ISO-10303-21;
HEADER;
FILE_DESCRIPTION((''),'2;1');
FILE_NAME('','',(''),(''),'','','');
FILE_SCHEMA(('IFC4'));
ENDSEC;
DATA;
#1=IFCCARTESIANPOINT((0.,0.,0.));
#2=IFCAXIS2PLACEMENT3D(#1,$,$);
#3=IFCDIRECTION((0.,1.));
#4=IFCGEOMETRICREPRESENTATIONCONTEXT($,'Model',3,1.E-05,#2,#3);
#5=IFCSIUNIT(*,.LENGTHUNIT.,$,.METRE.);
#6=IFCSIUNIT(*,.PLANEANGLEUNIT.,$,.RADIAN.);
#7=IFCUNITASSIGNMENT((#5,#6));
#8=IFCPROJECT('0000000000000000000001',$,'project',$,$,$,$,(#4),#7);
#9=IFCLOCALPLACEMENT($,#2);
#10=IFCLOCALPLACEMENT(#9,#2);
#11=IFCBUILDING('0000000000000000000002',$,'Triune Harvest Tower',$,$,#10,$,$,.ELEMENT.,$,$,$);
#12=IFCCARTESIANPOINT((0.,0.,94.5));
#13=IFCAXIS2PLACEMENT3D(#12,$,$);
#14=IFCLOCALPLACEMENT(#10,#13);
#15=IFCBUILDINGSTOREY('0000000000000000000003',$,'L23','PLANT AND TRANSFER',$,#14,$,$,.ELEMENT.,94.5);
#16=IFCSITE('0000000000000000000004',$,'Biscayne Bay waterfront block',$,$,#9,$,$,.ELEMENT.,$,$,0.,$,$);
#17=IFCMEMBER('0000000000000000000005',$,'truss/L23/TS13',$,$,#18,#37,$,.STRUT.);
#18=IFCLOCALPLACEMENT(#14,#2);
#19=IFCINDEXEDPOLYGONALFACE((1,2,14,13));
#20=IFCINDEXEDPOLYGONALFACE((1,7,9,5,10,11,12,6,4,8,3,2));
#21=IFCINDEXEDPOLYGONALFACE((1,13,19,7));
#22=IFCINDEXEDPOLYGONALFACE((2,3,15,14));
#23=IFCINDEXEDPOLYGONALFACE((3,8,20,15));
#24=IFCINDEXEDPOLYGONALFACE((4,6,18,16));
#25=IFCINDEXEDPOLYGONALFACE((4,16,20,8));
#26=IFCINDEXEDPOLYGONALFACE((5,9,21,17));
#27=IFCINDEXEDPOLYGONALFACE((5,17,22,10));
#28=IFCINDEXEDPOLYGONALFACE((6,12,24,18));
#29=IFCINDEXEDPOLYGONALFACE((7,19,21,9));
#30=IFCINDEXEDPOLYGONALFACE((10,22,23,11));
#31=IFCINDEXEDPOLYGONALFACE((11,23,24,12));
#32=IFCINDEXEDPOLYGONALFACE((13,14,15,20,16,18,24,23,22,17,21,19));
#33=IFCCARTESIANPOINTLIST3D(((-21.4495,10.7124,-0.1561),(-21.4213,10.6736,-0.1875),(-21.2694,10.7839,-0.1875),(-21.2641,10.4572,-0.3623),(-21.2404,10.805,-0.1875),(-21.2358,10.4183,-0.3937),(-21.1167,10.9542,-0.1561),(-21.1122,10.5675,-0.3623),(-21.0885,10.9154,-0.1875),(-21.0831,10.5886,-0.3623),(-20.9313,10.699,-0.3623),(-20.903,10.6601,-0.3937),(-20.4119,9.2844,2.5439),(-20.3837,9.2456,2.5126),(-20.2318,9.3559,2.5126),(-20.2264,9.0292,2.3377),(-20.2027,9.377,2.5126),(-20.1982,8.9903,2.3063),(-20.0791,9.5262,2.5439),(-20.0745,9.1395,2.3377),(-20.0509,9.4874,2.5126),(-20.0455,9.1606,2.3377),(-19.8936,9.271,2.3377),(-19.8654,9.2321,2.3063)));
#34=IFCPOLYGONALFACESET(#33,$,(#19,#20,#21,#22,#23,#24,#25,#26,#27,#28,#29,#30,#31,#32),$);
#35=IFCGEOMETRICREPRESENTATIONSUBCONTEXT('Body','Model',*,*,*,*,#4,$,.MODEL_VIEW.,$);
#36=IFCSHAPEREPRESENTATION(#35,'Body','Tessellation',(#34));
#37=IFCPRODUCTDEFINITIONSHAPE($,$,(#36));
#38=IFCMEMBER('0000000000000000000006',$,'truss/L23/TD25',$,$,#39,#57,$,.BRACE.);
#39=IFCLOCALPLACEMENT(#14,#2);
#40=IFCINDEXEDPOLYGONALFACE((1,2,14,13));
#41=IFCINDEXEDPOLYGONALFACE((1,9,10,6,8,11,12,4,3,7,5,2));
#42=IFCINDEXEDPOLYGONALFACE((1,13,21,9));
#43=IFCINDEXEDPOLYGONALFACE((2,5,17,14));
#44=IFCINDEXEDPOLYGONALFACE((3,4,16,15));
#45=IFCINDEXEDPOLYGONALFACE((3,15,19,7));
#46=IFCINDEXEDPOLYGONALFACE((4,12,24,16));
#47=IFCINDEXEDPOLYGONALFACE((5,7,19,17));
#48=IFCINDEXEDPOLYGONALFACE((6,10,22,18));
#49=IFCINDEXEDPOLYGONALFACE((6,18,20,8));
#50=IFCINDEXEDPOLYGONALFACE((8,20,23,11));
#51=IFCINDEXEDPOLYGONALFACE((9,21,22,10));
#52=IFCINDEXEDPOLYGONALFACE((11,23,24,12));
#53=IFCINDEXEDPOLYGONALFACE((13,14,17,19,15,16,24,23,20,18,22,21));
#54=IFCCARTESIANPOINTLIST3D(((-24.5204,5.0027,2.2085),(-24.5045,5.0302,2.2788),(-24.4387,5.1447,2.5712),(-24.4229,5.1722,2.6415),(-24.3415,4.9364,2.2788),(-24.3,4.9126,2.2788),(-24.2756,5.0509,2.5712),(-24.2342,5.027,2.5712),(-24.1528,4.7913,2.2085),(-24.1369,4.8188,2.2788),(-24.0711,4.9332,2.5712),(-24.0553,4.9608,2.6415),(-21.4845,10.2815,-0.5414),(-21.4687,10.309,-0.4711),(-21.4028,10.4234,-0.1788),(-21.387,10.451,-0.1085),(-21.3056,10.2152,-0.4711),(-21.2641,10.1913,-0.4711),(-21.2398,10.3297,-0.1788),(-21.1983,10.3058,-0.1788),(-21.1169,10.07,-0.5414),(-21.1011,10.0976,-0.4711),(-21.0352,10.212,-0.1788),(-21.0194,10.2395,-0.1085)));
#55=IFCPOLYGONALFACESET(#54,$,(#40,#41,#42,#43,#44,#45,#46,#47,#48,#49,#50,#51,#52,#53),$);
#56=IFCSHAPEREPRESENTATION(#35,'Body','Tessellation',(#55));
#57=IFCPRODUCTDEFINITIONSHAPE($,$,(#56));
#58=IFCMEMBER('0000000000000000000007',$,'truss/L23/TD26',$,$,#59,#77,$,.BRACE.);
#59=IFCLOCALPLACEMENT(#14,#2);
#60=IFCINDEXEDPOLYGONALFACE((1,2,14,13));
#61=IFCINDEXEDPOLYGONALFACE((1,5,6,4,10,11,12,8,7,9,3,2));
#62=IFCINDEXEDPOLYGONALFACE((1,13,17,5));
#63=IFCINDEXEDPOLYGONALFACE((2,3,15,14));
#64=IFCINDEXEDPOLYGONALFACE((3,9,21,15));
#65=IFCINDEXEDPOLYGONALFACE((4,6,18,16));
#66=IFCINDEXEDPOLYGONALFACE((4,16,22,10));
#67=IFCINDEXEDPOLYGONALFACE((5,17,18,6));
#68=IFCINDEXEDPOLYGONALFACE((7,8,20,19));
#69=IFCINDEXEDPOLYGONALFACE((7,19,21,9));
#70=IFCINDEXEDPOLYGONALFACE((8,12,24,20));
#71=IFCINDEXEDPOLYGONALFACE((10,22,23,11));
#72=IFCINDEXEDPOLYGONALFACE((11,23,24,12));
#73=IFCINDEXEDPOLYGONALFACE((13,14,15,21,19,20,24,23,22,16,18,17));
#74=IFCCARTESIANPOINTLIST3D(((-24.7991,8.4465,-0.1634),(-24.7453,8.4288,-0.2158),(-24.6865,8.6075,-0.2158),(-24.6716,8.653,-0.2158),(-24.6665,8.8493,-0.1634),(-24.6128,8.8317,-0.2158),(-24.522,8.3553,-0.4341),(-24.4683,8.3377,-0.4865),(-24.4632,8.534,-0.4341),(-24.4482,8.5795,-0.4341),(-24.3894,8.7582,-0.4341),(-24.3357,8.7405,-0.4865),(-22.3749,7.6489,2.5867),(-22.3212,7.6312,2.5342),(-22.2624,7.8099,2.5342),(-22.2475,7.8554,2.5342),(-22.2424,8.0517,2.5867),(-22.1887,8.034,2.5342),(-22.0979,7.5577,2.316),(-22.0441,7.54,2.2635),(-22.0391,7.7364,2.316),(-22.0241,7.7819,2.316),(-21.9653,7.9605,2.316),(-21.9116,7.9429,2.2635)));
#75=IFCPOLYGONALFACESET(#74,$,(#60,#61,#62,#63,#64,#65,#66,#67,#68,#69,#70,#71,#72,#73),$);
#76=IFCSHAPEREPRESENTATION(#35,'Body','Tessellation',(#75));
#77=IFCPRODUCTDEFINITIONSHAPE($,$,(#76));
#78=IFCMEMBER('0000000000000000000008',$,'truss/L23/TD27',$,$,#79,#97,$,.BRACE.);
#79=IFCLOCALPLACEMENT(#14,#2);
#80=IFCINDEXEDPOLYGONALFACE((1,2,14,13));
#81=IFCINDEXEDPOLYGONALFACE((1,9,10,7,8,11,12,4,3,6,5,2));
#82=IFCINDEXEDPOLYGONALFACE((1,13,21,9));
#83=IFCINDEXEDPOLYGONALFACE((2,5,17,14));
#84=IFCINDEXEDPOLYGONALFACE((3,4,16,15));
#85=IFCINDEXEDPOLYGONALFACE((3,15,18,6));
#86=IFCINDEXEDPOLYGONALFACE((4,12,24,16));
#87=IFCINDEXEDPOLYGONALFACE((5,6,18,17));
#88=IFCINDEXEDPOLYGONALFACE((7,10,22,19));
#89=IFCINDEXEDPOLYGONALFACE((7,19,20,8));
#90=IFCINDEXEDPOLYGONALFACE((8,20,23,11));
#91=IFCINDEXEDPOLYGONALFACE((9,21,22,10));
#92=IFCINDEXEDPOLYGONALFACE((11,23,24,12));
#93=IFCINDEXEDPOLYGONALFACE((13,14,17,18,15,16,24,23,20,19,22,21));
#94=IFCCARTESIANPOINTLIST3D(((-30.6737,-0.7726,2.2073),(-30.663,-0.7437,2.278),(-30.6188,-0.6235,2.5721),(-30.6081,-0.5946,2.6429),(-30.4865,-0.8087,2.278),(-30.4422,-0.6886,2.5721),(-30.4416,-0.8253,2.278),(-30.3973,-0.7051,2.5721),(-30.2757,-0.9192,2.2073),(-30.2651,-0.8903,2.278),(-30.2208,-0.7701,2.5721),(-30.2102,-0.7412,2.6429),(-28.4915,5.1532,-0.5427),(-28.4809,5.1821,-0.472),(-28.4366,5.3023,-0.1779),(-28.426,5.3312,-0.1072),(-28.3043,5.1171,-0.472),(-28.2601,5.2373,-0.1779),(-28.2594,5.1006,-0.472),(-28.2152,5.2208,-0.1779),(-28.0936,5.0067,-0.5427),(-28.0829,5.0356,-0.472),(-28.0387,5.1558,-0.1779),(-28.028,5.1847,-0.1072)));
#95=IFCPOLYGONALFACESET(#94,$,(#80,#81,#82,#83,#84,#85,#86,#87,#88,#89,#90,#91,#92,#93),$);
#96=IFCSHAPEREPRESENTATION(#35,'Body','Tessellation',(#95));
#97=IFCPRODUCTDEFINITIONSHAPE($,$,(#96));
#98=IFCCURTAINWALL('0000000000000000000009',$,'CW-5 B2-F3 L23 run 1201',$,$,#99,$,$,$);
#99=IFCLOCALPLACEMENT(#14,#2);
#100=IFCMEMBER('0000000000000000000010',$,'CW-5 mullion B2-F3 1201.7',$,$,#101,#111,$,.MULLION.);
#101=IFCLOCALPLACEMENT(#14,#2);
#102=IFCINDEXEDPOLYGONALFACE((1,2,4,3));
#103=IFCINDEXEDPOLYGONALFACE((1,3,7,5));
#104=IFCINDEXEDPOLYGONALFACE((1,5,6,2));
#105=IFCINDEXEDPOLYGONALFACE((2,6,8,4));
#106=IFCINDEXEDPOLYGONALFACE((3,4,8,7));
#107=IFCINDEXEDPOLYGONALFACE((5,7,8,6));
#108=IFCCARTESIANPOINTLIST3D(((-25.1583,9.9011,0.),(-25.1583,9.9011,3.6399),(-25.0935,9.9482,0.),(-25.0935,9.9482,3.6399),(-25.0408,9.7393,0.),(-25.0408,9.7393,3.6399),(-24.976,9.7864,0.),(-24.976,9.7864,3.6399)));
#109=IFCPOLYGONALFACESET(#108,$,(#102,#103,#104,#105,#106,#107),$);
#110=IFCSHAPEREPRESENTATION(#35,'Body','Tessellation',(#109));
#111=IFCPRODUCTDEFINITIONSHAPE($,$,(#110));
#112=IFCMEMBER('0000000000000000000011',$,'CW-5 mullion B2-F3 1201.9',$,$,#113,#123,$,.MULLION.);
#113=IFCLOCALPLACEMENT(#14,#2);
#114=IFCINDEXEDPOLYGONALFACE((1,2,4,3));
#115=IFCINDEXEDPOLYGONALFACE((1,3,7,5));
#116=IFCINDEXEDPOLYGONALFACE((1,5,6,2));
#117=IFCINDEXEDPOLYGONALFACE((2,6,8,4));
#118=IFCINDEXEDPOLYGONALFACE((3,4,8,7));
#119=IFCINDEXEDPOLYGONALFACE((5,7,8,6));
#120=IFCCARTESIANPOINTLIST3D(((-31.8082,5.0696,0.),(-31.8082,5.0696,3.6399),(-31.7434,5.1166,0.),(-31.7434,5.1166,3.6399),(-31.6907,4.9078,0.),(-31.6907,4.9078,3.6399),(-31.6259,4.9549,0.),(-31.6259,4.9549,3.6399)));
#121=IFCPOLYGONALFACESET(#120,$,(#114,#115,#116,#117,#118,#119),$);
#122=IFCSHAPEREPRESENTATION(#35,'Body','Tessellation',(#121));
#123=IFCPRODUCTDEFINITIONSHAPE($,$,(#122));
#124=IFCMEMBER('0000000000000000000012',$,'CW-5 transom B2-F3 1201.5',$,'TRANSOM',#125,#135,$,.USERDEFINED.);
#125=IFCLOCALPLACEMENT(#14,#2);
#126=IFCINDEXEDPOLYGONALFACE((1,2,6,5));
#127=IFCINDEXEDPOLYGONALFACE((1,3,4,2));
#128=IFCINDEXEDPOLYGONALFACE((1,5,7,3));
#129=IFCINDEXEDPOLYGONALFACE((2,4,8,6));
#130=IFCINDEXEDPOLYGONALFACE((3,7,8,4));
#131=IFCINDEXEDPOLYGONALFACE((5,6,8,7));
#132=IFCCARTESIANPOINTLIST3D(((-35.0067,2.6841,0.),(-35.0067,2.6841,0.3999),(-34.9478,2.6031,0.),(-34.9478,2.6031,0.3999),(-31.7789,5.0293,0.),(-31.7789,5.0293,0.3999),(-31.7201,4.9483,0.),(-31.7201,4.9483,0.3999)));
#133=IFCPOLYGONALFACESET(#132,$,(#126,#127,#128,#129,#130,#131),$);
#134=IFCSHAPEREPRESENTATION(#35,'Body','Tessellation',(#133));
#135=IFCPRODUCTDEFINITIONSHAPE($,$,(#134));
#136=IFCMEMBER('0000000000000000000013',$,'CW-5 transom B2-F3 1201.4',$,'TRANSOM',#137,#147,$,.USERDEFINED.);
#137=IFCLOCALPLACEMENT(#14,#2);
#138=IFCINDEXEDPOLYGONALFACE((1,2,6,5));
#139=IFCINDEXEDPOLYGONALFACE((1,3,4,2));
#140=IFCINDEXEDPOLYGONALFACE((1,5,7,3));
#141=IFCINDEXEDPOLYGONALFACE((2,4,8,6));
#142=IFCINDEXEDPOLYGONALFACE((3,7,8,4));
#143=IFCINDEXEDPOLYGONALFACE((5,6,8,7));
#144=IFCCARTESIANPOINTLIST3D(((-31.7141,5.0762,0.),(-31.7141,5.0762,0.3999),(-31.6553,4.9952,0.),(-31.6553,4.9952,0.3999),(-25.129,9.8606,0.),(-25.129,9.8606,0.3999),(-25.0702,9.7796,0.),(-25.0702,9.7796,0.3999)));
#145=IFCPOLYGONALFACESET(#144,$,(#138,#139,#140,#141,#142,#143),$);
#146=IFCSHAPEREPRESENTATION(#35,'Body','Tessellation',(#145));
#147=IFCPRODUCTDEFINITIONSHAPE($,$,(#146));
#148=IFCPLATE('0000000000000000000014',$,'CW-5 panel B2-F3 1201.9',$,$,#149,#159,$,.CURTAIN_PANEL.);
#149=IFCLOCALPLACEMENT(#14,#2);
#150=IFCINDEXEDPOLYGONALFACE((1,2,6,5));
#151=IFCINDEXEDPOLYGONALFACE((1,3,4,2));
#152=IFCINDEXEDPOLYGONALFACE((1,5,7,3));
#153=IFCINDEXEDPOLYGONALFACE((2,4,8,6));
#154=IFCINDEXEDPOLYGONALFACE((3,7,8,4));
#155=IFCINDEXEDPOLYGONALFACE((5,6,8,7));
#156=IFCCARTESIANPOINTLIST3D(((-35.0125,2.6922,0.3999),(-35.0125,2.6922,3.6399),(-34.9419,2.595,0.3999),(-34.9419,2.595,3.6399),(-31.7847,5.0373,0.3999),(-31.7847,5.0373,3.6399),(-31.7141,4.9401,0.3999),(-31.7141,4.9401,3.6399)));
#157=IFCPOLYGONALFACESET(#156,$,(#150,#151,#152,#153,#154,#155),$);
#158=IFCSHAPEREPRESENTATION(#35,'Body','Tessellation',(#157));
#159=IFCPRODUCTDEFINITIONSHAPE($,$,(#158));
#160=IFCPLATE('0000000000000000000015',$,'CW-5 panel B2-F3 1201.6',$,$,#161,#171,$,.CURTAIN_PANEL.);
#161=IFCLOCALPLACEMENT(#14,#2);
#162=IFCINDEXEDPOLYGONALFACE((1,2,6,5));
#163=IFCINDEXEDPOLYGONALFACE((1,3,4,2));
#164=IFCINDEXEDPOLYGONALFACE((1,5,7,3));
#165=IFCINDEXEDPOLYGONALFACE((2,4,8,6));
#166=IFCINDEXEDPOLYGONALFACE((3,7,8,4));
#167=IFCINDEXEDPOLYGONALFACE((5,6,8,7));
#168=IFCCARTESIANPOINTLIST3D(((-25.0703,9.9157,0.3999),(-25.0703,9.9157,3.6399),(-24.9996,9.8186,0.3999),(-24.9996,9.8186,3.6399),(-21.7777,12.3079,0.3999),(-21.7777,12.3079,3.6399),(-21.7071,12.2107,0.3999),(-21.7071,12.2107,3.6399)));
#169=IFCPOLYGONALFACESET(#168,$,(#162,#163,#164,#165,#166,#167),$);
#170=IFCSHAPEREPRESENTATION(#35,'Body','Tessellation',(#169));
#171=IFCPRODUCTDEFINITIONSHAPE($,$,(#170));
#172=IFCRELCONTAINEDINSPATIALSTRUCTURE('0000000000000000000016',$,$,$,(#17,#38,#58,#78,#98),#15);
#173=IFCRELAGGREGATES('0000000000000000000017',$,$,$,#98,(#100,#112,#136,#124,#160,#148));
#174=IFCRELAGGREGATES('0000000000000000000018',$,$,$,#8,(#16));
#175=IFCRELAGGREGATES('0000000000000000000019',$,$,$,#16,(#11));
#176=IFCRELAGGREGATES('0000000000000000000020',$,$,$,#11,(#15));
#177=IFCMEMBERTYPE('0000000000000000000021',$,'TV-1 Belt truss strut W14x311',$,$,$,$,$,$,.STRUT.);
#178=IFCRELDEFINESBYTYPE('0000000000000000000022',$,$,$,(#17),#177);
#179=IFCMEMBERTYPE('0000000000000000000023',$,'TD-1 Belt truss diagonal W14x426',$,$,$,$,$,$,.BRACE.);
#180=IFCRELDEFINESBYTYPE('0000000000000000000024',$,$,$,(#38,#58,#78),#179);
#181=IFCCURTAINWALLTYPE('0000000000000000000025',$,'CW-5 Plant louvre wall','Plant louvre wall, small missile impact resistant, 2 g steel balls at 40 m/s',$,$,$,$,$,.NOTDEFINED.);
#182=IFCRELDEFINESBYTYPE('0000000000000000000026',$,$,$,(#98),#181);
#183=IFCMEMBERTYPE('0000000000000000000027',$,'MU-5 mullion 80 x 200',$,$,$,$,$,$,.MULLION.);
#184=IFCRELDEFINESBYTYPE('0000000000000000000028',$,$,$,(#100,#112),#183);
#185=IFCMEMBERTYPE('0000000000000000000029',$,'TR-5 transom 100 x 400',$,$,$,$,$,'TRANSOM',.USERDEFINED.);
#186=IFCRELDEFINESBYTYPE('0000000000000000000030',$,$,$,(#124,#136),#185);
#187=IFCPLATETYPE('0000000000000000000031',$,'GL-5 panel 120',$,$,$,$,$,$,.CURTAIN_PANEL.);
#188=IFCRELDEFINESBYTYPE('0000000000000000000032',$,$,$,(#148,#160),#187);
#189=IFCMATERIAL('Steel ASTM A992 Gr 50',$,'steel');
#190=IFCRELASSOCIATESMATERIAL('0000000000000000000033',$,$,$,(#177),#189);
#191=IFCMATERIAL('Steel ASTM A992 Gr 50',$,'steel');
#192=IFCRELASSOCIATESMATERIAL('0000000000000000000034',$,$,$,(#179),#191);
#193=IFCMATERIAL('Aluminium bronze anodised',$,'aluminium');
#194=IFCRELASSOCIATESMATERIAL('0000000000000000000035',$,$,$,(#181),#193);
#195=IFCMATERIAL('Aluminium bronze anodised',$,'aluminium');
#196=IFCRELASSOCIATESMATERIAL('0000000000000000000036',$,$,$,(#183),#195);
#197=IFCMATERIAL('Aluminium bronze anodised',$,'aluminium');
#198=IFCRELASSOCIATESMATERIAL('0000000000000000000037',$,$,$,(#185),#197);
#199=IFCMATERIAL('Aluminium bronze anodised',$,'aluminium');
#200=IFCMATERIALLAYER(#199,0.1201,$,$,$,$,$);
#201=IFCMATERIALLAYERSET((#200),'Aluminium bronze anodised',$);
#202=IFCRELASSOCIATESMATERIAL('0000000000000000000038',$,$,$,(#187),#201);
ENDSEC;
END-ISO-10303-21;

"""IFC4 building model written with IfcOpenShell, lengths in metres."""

from ifc_helpers import new_model, si_unit, direction, frame, origin, origin_2d, place, context, subcontext, project, spatial, rectangle, i_section, extrude, source, transform, mapped, material, layer, layer_set, material_profile, profile_set, type_object, element, aggregate, save


model = new_model("IFC4")

# Units and contexts
model_context = context("Model", 3, precision=1e-05, world=origin(), true_north=direction((0.0, 1.0)))
body_context = subcontext(model_context, "Body", "Model", "MODEL_VIEW")
ifc_project = project(units=[si_unit("LENGTHUNIT", "METRE"), si_unit("PLANEANGLEUNIT", "RADIAN")], contexts=[model_context])

# Site, building, storey
site_placement = place(None, origin())
site = spatial("IfcSite", under=ifc_project, at=site_placement, Name="Biscayne Bay waterfront block", CompositionType="ELEMENT", RefElevation=0.0)
building_placement = place(site_placement, origin())
building = spatial("IfcBuilding", under=site, at=building_placement, Name="Triune Harvest Tower", CompositionType="ELEMENT")
storey_placement = place(building_placement, frame((0.0, 0.0, 94.5)))
storey = spatial("IfcBuildingStorey", under=building, at=storey_placement, Name="L23", Description="PLANT AND TRANSFER", CompositionType="ELEMENT", Elevation=94.5)

# Shared definitions
ifc_material_1 = material(Name="Steel ASTM A992 Gr 50", Category="steel")
ifc_material_profile_1 = material_profile(ifc_material_1, i_section(OverallWidth=0.4114, OverallDepth=0.4343, WebThickness=0.0359, FlangeThickness=0.0574, at=origin_2d()), Name="W14x311")
ifc_profile_set_1 = profile_set([ifc_material_profile_1], Name="Steel ASTM A992 Gr 50")
member_type_1 = type_object("IfcMemberType", Name="TV-1 Belt truss strut W14x311", PredefinedType="STRUT", material=ifc_profile_set_1)

# Members
shared_shape_1 = source(origin(), body_context, "Body", "SweptSolid", [
    extrude(i_section(OverallWidth=0.4114, OverallDepth=0.4343, WebThickness=0.0359, FlangeThickness=0.0574, at=origin_2d()), origin(), (0.0, 0.0, 1.0), 3.2258),
])
member_1_placement = place(storey_placement, frame((-21.1763, 10.6863, -0.2749), z_axis=(0.321661, -0.442681, 0.836999), x_axis=(0.808987, 0.587826, 0.0)))
element("IfcMember", 1, at=member_1_placement, inside=storey, type_object=member_type_1, Name="truss/L23/TS13", PredefinedType="STRUT", context=body_context, shape_type="MappedRepresentation", body=[
    mapped(shared_shape_1, transform((0.0, 0.0, 0.0), scale=1.0)),
])
ifc_material_2 = material(Name="Steel ASTM A992 Gr 50", Category="steel")
ifc_material_profile_2 = material_profile(ifc_material_2, i_section(OverallWidth=0.4241, OverallDepth=0.4751, WebThickness=0.0479, FlangeThickness=0.0771, at=origin_2d()), Name="W14x426")
ifc_profile_set_2 = profile_set([ifc_material_profile_2], Name="Steel ASTM A992 Gr 50")
member_type_2 = type_object("IfcMemberType", Name="TD-1 Belt truss diagonal W14x426", PredefinedType="BRACE", material=ifc_profile_set_2)
shared_shape_2 = source(origin(), body_context, "Body", "SweptSolid", [
    extrude(i_section(OverallWidth=0.4241, OverallDepth=0.4751, WebThickness=0.0479, FlangeThickness=0.0771, at=origin_2d()), origin(), (0.0, 0.0, 1.0), 6.6816),
])
member_2_placement = place(storey_placement, frame((-21.252, 10.2605, -0.325), z_axis=(-0.45436, -0.790041, 0.411573), x_axis=(0.866866, -0.498542, 0.0)))
element("IfcMember", 2, at=member_2_placement, inside=storey, type_object=member_type_2, Name="truss/L23/TD25", PredefinedType="BRACE", context=body_context, shape_type="MappedRepresentation", body=[
    mapped(shared_shape_2, transform((0.0, 0.0, 0.0), scale=1.0)),
])
shared_shape_3 = source(origin(), body_context, "Body", "SweptSolid", [
    extrude(i_section(OverallWidth=0.4241, OverallDepth=0.4751, WebThickness=0.0479, FlangeThickness=0.0771, at=origin_2d()), origin(), (0.0, 0.0, 1.0), 3.7517),
])
member_3_placement = place(storey_placement, frame((-24.5674, 8.5935, -0.325), z_axis=(0.646137, -0.212602, 0.733013), x_axis=(0.312552, 0.949901, 0.0)))
element("IfcMember", 3, at=member_3_placement, inside=storey, type_object=member_type_2, Name="truss/L23/TD26", PredefinedType="BRACE", context=body_context, shape_type="MappedRepresentation", body=[
    mapped(shared_shape_3, transform((0.0, 0.0, 0.0), scale=1.0)),
])
shared_shape_4 = source(origin(), body_context, "Body", "SweptSolid", [
    extrude(i_section(OverallWidth=0.4241, OverallDepth=0.4751, WebThickness=0.0479, FlangeThickness=0.0771, at=origin_2d()), origin(), (0.0, 0.0, 1.0), 6.8877),
])
member_4_placement = place(storey_placement, frame((-28.2598, 5.1689, -0.325), z_axis=(-0.31682, -0.860355, 0.399268), x_axis=(0.938397, -0.345558, 0.0)))
element("IfcMember", 4, at=member_4_placement, inside=storey, type_object=member_type_2, Name="truss/L23/TD27", PredefinedType="BRACE", context=body_context, shape_type="MappedRepresentation", body=[
    mapped(shared_shape_4, transform((0.0, 0.0, 0.0), scale=1.0)),
])

# Curtain wall, members, plates
ifc_material_3 = material(Name="Aluminium bronze anodised", Category="aluminium")
curtain_wall_type = type_object("IfcCurtainWallType", Name="CW-5 Plant louvre wall", Description="Plant louvre wall, small missile impact resistant, 2 g steel balls at 40 m/s", PredefinedType="NOTDEFINED", material=ifc_material_3)
curtain_wall_placement = place(storey_placement, origin())
curtain_wall = element("IfcCurtainWall", 5, at=curtain_wall_placement, inside=storey, type_object=curtain_wall_type, Name="CW-5 B2-F3 L23 run 1201")
ifc_material_4 = material(Name="Aluminium bronze anodised", Category="aluminium")
ifc_material_profile_3 = material_profile(ifc_material_4, rectangle(XDim=0.2, YDim=0.0801, at=origin_2d()), Name="MU-5 mullion 80 x 200")
ifc_profile_set_3 = profile_set([ifc_material_profile_3], Name="Aluminium bronze anodised")
member_type_3 = type_object("IfcMemberType", Name="MU-5 mullion 80 x 200", PredefinedType="MULLION", material=ifc_profile_set_3)
shared_shape_5 = source(origin(), body_context, "Body", "SweptSolid", [
    extrude(rectangle(XDim=0.2, YDim=0.0801, at=origin_2d()), origin(), (0.0, 0.0, 1.0), 3.6399),
])
member_5_placement = place(storey_placement, frame((-25.0671, 9.8438, 0.0), z_axis=(0.0, 0.0, 1.0), x_axis=(0.587786, -0.809016, 0.0)))
member_5 = element("IfcMember", 6, at=member_5_placement, type_object=member_type_3, Name="CW-5 mullion B2-F3 1201.7", PredefinedType="MULLION", context=body_context, shape_type="MappedRepresentation", body=[
    mapped(shared_shape_5, transform((0.0, 0.0, 0.0), scale=1.0)),
])
member_6_placement = place(storey_placement, frame((-31.717, 5.0122, 0.0), z_axis=(0.0, 0.0, 1.0), x_axis=(0.587786, -0.809016, 0.0)))
member_6 = element("IfcMember", 7, at=member_6_placement, type_object=member_type_3, Name="CW-5 mullion B2-F3 1201.9", PredefinedType="MULLION", context=body_context, shape_type="MappedRepresentation", body=[
    mapped(shared_shape_5, transform((0.0, 0.0, 0.0), scale=1.0)),
])
ifc_material_5 = material(Name="Aluminium bronze anodised", Category="aluminium")
ifc_material_profile_4 = material_profile(ifc_material_5, rectangle(XDim=0.1001, YDim=0.3999, at=origin_2d()), Name="TR-5 transom 100 x 400")
ifc_profile_set_4 = profile_set([ifc_material_profile_4], Name="Aluminium bronze anodised")
member_type_4 = type_object("IfcMemberType", Name="TR-5 transom 100 x 400", ElementType="TRANSOM", PredefinedType="USERDEFINED", material=ifc_profile_set_4)
shared_shape_6 = source(origin(), body_context, "Body", "SweptSolid", [
    extrude(rectangle(XDim=0.1001, YDim=0.3999, at=origin_2d()), origin(), (0.0, 0.0, 1.0), 3.9897),
])
member_7_placement = place(storey_placement, frame((-31.7495, 4.9888, 0.2), z_axis=(-0.809006, -0.587801, 0.0), x_axis=(0.587801, -0.809006, 0.0)))
member_7 = element("IfcMember", 8, at=member_7_placement, type_object=member_type_4, Name="CW-5 transom B2-F3 1201.5", ObjectType="TRANSOM", PredefinedType="USERDEFINED", context=body_context, shape_type="MappedRepresentation", body=[
    mapped(shared_shape_6, transform((0.0, 0.0, 0.0), scale=1.0)),
])
shared_shape_7 = source(origin(), body_context, "Body", "SweptSolid", [
    extrude(rectangle(XDim=0.1001, YDim=0.3999, at=origin_2d()), origin(), (0.0, 0.0, 1.0), 8.1396),
])
member_8_placement = place(storey_placement, frame((-25.0996, 9.8201, 0.2), z_axis=(-0.809017, -0.587785, 0.0), x_axis=(0.587785, -0.809017, 0.0)))
member_8 = element("IfcMember", 9, at=member_8_placement, type_object=member_type_4, Name="CW-5 transom B2-F3 1201.4", ObjectType="TRANSOM", PredefinedType="USERDEFINED", context=body_context, shape_type="MappedRepresentation", body=[
    mapped(shared_shape_7, transform((0.0, 0.0, 0.0), scale=1.0)),
])
ifc_material_6 = material(Name="Aluminium bronze anodised", Category="aluminium")
ifc_layer_1 = layer(ifc_material_6, 0.1201)
ifc_layer_set_1 = layer_set([ifc_layer_1], Name="Aluminium bronze anodised")
plate_type = type_object("IfcPlateType", Name="GL-5 panel 120", PredefinedType="CURTAIN_PANEL", material=ifc_layer_set_1)
shared_shape_8 = source(origin(), body_context, "Body", "SweptSolid", [
    extrude(rectangle(XDim=3.9897, YDim=0.1201, at=origin_2d()), origin(), (0.0, 0.0, 1.0), 3.24),
])
plate_1_placement = place(storey_placement, frame((-33.3633, 3.8162, 0.3999), z_axis=(0.0, 0.0, 1.0), x_axis=(-0.809016, -0.587786, 0.0)))
plate_1 = element("IfcPlate", 10, at=plate_1_placement, type_object=plate_type, Name="CW-5 panel B2-F3 1201.9", PredefinedType="CURTAIN_PANEL", context=body_context, shape_type="MappedRepresentation", body=[
    mapped(shared_shape_8, transform((0.0, 0.0, 0.0), scale=1.0)),
])
shared_shape_9 = source(origin(), body_context, "Body", "SweptSolid", [
    extrude(rectangle(XDim=4.0698, YDim=0.1201, at=origin_2d()), origin(), (0.0, 0.0, 1.0), 3.24),
])
plate_2_placement = place(storey_placement, frame((-23.3887, 11.0632, 0.3999), z_axis=(0.0, 0.0, 1.0), x_axis=(-0.809016, -0.587786, 0.0)))
plate_2 = element("IfcPlate", 11, at=plate_2_placement, type_object=plate_type, Name="CW-5 panel B2-F3 1201.6", PredefinedType="CURTAIN_PANEL", context=body_context, shape_type="MappedRepresentation", body=[
    mapped(shared_shape_9, transform((0.0, 0.0, 0.0), scale=1.0)),
])
aggregate(curtain_wall, [member_5, member_6, member_8, member_7, plate_2, plate_1])

save(model, "model.ifc")
